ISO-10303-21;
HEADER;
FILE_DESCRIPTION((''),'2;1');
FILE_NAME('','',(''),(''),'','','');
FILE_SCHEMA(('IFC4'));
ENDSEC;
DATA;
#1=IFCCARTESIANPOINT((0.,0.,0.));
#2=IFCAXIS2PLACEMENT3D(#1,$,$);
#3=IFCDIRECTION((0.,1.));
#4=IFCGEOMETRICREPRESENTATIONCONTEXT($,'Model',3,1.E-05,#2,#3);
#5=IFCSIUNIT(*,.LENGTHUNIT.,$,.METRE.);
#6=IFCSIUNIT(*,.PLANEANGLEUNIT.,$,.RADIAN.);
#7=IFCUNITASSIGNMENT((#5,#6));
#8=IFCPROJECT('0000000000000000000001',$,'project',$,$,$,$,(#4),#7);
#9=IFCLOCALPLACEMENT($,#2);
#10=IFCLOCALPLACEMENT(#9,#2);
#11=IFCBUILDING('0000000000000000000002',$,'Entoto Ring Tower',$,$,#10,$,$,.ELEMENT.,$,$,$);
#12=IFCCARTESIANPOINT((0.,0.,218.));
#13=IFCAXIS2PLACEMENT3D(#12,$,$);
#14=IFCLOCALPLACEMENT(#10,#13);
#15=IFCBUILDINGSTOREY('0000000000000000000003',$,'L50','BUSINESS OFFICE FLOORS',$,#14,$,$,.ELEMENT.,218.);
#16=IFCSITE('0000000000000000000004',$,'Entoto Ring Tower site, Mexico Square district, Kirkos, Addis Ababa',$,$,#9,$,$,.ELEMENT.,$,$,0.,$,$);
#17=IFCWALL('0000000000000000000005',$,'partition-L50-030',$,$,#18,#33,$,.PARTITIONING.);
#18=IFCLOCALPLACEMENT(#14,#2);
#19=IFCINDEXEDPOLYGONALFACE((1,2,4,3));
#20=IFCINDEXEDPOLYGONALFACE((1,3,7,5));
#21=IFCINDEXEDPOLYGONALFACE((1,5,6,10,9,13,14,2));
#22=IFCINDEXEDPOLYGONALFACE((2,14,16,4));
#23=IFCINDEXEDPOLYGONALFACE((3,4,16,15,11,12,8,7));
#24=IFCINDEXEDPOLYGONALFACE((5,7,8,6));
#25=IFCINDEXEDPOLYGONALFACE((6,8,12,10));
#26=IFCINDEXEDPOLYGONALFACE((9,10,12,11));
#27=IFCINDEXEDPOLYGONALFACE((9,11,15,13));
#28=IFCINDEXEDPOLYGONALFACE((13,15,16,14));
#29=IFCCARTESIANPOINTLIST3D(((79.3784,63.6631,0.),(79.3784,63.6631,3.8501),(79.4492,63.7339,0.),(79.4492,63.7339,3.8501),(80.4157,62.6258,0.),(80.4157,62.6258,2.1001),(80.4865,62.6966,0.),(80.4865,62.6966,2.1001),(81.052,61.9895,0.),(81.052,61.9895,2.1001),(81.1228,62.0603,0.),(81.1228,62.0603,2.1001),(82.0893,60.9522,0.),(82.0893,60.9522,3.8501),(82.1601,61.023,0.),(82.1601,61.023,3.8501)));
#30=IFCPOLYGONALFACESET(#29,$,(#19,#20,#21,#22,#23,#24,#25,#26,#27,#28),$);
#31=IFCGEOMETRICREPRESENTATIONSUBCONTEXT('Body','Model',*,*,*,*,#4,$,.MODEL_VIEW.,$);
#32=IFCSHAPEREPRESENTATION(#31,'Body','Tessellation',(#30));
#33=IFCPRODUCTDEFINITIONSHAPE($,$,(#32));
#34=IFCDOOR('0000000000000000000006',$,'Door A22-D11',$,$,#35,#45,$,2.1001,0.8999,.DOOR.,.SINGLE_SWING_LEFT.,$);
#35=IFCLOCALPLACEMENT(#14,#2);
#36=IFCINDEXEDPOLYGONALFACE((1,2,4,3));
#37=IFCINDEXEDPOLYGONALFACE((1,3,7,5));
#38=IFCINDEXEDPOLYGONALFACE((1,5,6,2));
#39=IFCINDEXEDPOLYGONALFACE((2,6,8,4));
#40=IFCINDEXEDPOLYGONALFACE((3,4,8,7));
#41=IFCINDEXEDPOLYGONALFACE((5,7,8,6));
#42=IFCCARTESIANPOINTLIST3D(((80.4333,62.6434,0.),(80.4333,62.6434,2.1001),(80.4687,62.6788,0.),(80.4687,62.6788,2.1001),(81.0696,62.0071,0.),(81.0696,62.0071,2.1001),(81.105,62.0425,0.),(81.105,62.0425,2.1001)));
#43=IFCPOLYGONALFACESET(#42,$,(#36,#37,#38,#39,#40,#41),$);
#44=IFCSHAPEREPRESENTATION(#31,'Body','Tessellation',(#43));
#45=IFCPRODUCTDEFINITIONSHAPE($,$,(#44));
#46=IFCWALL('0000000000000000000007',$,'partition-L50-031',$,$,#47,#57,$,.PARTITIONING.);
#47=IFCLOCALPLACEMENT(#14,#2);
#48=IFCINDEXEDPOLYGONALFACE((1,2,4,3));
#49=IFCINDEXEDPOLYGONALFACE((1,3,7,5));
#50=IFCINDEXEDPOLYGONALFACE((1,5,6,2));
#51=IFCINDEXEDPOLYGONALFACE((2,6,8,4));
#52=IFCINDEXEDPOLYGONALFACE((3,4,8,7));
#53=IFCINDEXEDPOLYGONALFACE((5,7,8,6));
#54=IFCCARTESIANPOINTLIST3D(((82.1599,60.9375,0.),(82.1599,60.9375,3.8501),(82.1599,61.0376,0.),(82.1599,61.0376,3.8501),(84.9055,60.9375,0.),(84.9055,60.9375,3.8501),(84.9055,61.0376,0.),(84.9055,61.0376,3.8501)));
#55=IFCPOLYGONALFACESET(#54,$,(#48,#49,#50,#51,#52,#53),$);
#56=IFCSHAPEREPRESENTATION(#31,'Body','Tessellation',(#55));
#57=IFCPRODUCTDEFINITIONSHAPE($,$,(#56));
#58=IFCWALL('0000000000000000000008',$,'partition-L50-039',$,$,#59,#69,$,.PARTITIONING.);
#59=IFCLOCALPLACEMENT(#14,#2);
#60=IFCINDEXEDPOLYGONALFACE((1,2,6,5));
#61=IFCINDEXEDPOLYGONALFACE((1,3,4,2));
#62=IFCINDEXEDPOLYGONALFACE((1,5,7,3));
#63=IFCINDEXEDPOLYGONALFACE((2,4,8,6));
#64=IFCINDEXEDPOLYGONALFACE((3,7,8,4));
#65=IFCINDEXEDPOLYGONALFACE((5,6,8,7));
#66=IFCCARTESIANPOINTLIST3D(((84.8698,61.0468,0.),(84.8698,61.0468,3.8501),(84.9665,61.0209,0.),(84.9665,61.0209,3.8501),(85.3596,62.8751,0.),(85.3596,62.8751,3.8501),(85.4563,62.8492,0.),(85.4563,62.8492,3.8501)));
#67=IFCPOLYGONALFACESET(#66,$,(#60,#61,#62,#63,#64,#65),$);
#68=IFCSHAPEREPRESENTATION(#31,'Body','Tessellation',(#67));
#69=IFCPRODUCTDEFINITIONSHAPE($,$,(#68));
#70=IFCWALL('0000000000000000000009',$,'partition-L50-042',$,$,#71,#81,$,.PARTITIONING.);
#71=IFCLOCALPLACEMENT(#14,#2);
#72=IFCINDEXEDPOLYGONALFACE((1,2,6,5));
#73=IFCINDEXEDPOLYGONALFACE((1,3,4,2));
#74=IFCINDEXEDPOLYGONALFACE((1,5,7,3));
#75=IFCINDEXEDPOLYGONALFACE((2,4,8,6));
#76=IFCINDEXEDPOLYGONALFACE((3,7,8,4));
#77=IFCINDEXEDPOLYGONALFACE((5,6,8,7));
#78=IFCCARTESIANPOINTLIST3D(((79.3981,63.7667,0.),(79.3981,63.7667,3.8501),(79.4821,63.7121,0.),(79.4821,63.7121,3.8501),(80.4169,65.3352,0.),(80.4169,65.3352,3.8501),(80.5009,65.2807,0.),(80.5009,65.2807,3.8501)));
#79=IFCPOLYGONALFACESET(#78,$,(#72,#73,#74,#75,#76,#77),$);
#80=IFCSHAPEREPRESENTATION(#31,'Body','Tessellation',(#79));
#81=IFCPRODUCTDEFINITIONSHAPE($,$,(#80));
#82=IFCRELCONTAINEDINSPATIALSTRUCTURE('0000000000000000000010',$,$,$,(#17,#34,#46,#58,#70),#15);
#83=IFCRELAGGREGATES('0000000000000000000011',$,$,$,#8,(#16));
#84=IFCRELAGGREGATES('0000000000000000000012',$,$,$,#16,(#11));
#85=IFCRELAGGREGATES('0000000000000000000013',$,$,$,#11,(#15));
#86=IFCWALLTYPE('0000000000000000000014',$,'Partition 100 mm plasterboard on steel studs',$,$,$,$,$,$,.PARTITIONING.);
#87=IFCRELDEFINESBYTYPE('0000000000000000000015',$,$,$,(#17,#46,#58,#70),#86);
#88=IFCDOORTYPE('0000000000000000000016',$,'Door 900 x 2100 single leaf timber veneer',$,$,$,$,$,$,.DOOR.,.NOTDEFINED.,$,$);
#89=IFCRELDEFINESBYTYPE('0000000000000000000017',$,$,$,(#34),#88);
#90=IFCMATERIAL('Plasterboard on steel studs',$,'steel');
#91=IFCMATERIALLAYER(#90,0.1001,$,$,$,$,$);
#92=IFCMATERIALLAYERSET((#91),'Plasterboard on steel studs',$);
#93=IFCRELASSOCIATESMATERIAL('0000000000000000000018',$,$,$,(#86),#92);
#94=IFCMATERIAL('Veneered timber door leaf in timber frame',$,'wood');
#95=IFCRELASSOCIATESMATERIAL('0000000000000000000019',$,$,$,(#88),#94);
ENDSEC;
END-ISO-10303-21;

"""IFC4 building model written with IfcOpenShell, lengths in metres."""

from ifc_helpers import new_model, si_unit, direction, frame, frame_2d, origin, place, context, subcontext, project, spatial, rectangle, extrude, material, layer, layer_set, type_object, element, fill, save


model = new_model("IFC4")

# Units and contexts
model_context = context("Model", 3, precision=1e-05, world=origin(), true_north=direction((0.0, 1.0)))
body_context = subcontext(model_context, "Body", "Model", "MODEL_VIEW")
ifc_project = project(units=[si_unit("LENGTHUNIT", "METRE"), si_unit("PLANEANGLEUNIT", "RADIAN")], contexts=[model_context])

# Site, building, storey
site_placement = place(None, origin())
site = spatial("IfcSite", under=ifc_project, at=site_placement, Name="Entoto Ring Tower site, Mexico Square district, Kirkos, Addis Ababa", CompositionType="ELEMENT", RefElevation=0.0)
building_placement = place(site_placement, origin())
building = spatial("IfcBuilding", under=site, at=building_placement, Name="Entoto Ring Tower", CompositionType="ELEMENT")
storey_placement = place(building_placement, frame((0.0, 0.0, 218.0)))
storey = spatial("IfcBuildingStorey", under=building, at=storey_placement, Name="L50", Description="BUSINESS OFFICE FLOORS", CompositionType="ELEMENT", Elevation=218.0)

# Wall, opening, door
ifc_material_1 = material(Name="Plasterboard on steel studs", Category="steel")
ifc_layer_1 = layer(ifc_material_1, 0.1001)
ifc_layer_set_1 = layer_set([ifc_layer_1], Name="Plasterboard on steel studs")
wall_type_1 = type_object("IfcWallType", Name="Partition 100 mm plasterboard on steel studs", PredefinedType="PARTITIONING", material=ifc_layer_set_1)
wall_1_placement = place(storey_placement, frame((82.1248, 60.9875, 0.0), z_axis=(0.0, 0.0, 1.0), x_axis=(-0.707107, 0.707107, 0.0)))
wall_1 = element("IfcWall", 1, at=wall_1_placement, inside=storey, type_object=wall_type_1, Name="partition-L50-030", PredefinedType="PARTITIONING", context=body_context, shape_type="SweptSolid", body=[
    extrude(rectangle(XDim=3.8337, YDim=0.1001, at=frame_2d((1.917, 0.0))), origin(), (0.0, 0.0, 1.0), 3.8501),
])
opening_1_placement = place(wall_1_placement, frame((1.467, 0.0, 0.0)))
opening_1 = element("IfcOpeningElement", 2, at=opening_1_placement, cuts=wall_1, PredefinedType="OPENING", context=body_context, shape_type="SweptSolid", body=[
    extrude(rectangle(XDim=0.8999, YDim=2.1001, at=frame_2d((0.45, 1.05))), frame((0.0, 0.0601, 0.0), z_axis=(0.0, -1.0, 0.0), x_axis=(1.0, 0.0, 0.0)), (0.0, 0.0, 1.0), 0.1201),
])
ifc_material_2 = material(Name="Veneered timber door leaf in timber frame", Category="wood")
door_type_1 = type_object("IfcDoorType", Name="Door 900 x 2100 single leaf timber veneer", OperationType="NOTDEFINED", PredefinedType="DOOR", material=ifc_material_2)
door_1_placement = place(opening_1_placement, frame((0.8999, 0.0, 0.0), z_axis=(0.0, 0.0, 1.0), x_axis=(-1.0, 0.0, 0.0)))
door_1 = element("IfcDoor", 3, at=door_1_placement, inside=storey, type_object=door_type_1, Name="Door A22-D11", OperationType="SINGLE_SWING_LEFT", OverallHeight=2.1001, OverallWidth=0.8999, PredefinedType="DOOR", context=body_context, shape_type="SweptSolid", body=[
    extrude(rectangle(XDim=0.8999, YDim=2.1001, at=frame_2d((0.45, 1.05))), frame((0.0, 0.0249, 0.0), z_axis=(0.0, -1.0, 0.0), x_axis=(1.0, 0.0, 0.0)), (0.0, 0.0, 1.0), 0.05),
])
fill(opening_1, door_1)

# Walls
wall_2_placement = place(storey_placement, frame((82.1599, 60.9875, 0.0), z_axis=(0.0, 0.0, 1.0), x_axis=(1.0, 0.0, 0.0)))
element("IfcWall", 4, at=wall_2_placement, inside=storey, type_object=wall_type_1, Name="partition-L50-031", PredefinedType="PARTITIONING", context=body_context, shape_type="SweptSolid", body=[
    extrude(rectangle(XDim=2.7456, YDim=0.1001, at=frame_2d((1.3728, 0.0))), origin(), (0.0, 0.0, 1.0), 3.8501),
])
wall_3_placement = place(storey_placement, frame((84.9182, 61.0339, 0.0), z_axis=(0.0, 0.0, 1.0), x_axis=(0.258738, 0.965947, 0.0)))
element("IfcWall", 5, at=wall_3_placement, inside=storey, type_object=wall_type_1, Name="partition-L50-039", PredefinedType="PARTITIONING", context=body_context, shape_type="SweptSolid", body=[
    extrude(rectangle(XDim=1.8928, YDim=0.1001, at=frame_2d((0.9463, 0.0))), origin(), (0.0, 0.0, 1.0), 3.8501),
])
wall_4_placement = place(storey_placement, frame((79.4402, 63.7395, 0.0), z_axis=(0.0, 0.0, 1.0), x_axis=(0.54469, 0.838637, 0.0)))
element("IfcWall", 6, at=wall_4_placement, inside=storey, type_object=wall_type_1, Name="partition-L50-042", PredefinedType="PARTITIONING", context=body_context, shape_type="SweptSolid", body=[
    extrude(rectangle(XDim=1.8704, YDim=0.1001, at=frame_2d((0.9351, 0.0))), origin(), (0.0, 0.0, 1.0), 3.8501),
])

save(model, "model.ifc")
